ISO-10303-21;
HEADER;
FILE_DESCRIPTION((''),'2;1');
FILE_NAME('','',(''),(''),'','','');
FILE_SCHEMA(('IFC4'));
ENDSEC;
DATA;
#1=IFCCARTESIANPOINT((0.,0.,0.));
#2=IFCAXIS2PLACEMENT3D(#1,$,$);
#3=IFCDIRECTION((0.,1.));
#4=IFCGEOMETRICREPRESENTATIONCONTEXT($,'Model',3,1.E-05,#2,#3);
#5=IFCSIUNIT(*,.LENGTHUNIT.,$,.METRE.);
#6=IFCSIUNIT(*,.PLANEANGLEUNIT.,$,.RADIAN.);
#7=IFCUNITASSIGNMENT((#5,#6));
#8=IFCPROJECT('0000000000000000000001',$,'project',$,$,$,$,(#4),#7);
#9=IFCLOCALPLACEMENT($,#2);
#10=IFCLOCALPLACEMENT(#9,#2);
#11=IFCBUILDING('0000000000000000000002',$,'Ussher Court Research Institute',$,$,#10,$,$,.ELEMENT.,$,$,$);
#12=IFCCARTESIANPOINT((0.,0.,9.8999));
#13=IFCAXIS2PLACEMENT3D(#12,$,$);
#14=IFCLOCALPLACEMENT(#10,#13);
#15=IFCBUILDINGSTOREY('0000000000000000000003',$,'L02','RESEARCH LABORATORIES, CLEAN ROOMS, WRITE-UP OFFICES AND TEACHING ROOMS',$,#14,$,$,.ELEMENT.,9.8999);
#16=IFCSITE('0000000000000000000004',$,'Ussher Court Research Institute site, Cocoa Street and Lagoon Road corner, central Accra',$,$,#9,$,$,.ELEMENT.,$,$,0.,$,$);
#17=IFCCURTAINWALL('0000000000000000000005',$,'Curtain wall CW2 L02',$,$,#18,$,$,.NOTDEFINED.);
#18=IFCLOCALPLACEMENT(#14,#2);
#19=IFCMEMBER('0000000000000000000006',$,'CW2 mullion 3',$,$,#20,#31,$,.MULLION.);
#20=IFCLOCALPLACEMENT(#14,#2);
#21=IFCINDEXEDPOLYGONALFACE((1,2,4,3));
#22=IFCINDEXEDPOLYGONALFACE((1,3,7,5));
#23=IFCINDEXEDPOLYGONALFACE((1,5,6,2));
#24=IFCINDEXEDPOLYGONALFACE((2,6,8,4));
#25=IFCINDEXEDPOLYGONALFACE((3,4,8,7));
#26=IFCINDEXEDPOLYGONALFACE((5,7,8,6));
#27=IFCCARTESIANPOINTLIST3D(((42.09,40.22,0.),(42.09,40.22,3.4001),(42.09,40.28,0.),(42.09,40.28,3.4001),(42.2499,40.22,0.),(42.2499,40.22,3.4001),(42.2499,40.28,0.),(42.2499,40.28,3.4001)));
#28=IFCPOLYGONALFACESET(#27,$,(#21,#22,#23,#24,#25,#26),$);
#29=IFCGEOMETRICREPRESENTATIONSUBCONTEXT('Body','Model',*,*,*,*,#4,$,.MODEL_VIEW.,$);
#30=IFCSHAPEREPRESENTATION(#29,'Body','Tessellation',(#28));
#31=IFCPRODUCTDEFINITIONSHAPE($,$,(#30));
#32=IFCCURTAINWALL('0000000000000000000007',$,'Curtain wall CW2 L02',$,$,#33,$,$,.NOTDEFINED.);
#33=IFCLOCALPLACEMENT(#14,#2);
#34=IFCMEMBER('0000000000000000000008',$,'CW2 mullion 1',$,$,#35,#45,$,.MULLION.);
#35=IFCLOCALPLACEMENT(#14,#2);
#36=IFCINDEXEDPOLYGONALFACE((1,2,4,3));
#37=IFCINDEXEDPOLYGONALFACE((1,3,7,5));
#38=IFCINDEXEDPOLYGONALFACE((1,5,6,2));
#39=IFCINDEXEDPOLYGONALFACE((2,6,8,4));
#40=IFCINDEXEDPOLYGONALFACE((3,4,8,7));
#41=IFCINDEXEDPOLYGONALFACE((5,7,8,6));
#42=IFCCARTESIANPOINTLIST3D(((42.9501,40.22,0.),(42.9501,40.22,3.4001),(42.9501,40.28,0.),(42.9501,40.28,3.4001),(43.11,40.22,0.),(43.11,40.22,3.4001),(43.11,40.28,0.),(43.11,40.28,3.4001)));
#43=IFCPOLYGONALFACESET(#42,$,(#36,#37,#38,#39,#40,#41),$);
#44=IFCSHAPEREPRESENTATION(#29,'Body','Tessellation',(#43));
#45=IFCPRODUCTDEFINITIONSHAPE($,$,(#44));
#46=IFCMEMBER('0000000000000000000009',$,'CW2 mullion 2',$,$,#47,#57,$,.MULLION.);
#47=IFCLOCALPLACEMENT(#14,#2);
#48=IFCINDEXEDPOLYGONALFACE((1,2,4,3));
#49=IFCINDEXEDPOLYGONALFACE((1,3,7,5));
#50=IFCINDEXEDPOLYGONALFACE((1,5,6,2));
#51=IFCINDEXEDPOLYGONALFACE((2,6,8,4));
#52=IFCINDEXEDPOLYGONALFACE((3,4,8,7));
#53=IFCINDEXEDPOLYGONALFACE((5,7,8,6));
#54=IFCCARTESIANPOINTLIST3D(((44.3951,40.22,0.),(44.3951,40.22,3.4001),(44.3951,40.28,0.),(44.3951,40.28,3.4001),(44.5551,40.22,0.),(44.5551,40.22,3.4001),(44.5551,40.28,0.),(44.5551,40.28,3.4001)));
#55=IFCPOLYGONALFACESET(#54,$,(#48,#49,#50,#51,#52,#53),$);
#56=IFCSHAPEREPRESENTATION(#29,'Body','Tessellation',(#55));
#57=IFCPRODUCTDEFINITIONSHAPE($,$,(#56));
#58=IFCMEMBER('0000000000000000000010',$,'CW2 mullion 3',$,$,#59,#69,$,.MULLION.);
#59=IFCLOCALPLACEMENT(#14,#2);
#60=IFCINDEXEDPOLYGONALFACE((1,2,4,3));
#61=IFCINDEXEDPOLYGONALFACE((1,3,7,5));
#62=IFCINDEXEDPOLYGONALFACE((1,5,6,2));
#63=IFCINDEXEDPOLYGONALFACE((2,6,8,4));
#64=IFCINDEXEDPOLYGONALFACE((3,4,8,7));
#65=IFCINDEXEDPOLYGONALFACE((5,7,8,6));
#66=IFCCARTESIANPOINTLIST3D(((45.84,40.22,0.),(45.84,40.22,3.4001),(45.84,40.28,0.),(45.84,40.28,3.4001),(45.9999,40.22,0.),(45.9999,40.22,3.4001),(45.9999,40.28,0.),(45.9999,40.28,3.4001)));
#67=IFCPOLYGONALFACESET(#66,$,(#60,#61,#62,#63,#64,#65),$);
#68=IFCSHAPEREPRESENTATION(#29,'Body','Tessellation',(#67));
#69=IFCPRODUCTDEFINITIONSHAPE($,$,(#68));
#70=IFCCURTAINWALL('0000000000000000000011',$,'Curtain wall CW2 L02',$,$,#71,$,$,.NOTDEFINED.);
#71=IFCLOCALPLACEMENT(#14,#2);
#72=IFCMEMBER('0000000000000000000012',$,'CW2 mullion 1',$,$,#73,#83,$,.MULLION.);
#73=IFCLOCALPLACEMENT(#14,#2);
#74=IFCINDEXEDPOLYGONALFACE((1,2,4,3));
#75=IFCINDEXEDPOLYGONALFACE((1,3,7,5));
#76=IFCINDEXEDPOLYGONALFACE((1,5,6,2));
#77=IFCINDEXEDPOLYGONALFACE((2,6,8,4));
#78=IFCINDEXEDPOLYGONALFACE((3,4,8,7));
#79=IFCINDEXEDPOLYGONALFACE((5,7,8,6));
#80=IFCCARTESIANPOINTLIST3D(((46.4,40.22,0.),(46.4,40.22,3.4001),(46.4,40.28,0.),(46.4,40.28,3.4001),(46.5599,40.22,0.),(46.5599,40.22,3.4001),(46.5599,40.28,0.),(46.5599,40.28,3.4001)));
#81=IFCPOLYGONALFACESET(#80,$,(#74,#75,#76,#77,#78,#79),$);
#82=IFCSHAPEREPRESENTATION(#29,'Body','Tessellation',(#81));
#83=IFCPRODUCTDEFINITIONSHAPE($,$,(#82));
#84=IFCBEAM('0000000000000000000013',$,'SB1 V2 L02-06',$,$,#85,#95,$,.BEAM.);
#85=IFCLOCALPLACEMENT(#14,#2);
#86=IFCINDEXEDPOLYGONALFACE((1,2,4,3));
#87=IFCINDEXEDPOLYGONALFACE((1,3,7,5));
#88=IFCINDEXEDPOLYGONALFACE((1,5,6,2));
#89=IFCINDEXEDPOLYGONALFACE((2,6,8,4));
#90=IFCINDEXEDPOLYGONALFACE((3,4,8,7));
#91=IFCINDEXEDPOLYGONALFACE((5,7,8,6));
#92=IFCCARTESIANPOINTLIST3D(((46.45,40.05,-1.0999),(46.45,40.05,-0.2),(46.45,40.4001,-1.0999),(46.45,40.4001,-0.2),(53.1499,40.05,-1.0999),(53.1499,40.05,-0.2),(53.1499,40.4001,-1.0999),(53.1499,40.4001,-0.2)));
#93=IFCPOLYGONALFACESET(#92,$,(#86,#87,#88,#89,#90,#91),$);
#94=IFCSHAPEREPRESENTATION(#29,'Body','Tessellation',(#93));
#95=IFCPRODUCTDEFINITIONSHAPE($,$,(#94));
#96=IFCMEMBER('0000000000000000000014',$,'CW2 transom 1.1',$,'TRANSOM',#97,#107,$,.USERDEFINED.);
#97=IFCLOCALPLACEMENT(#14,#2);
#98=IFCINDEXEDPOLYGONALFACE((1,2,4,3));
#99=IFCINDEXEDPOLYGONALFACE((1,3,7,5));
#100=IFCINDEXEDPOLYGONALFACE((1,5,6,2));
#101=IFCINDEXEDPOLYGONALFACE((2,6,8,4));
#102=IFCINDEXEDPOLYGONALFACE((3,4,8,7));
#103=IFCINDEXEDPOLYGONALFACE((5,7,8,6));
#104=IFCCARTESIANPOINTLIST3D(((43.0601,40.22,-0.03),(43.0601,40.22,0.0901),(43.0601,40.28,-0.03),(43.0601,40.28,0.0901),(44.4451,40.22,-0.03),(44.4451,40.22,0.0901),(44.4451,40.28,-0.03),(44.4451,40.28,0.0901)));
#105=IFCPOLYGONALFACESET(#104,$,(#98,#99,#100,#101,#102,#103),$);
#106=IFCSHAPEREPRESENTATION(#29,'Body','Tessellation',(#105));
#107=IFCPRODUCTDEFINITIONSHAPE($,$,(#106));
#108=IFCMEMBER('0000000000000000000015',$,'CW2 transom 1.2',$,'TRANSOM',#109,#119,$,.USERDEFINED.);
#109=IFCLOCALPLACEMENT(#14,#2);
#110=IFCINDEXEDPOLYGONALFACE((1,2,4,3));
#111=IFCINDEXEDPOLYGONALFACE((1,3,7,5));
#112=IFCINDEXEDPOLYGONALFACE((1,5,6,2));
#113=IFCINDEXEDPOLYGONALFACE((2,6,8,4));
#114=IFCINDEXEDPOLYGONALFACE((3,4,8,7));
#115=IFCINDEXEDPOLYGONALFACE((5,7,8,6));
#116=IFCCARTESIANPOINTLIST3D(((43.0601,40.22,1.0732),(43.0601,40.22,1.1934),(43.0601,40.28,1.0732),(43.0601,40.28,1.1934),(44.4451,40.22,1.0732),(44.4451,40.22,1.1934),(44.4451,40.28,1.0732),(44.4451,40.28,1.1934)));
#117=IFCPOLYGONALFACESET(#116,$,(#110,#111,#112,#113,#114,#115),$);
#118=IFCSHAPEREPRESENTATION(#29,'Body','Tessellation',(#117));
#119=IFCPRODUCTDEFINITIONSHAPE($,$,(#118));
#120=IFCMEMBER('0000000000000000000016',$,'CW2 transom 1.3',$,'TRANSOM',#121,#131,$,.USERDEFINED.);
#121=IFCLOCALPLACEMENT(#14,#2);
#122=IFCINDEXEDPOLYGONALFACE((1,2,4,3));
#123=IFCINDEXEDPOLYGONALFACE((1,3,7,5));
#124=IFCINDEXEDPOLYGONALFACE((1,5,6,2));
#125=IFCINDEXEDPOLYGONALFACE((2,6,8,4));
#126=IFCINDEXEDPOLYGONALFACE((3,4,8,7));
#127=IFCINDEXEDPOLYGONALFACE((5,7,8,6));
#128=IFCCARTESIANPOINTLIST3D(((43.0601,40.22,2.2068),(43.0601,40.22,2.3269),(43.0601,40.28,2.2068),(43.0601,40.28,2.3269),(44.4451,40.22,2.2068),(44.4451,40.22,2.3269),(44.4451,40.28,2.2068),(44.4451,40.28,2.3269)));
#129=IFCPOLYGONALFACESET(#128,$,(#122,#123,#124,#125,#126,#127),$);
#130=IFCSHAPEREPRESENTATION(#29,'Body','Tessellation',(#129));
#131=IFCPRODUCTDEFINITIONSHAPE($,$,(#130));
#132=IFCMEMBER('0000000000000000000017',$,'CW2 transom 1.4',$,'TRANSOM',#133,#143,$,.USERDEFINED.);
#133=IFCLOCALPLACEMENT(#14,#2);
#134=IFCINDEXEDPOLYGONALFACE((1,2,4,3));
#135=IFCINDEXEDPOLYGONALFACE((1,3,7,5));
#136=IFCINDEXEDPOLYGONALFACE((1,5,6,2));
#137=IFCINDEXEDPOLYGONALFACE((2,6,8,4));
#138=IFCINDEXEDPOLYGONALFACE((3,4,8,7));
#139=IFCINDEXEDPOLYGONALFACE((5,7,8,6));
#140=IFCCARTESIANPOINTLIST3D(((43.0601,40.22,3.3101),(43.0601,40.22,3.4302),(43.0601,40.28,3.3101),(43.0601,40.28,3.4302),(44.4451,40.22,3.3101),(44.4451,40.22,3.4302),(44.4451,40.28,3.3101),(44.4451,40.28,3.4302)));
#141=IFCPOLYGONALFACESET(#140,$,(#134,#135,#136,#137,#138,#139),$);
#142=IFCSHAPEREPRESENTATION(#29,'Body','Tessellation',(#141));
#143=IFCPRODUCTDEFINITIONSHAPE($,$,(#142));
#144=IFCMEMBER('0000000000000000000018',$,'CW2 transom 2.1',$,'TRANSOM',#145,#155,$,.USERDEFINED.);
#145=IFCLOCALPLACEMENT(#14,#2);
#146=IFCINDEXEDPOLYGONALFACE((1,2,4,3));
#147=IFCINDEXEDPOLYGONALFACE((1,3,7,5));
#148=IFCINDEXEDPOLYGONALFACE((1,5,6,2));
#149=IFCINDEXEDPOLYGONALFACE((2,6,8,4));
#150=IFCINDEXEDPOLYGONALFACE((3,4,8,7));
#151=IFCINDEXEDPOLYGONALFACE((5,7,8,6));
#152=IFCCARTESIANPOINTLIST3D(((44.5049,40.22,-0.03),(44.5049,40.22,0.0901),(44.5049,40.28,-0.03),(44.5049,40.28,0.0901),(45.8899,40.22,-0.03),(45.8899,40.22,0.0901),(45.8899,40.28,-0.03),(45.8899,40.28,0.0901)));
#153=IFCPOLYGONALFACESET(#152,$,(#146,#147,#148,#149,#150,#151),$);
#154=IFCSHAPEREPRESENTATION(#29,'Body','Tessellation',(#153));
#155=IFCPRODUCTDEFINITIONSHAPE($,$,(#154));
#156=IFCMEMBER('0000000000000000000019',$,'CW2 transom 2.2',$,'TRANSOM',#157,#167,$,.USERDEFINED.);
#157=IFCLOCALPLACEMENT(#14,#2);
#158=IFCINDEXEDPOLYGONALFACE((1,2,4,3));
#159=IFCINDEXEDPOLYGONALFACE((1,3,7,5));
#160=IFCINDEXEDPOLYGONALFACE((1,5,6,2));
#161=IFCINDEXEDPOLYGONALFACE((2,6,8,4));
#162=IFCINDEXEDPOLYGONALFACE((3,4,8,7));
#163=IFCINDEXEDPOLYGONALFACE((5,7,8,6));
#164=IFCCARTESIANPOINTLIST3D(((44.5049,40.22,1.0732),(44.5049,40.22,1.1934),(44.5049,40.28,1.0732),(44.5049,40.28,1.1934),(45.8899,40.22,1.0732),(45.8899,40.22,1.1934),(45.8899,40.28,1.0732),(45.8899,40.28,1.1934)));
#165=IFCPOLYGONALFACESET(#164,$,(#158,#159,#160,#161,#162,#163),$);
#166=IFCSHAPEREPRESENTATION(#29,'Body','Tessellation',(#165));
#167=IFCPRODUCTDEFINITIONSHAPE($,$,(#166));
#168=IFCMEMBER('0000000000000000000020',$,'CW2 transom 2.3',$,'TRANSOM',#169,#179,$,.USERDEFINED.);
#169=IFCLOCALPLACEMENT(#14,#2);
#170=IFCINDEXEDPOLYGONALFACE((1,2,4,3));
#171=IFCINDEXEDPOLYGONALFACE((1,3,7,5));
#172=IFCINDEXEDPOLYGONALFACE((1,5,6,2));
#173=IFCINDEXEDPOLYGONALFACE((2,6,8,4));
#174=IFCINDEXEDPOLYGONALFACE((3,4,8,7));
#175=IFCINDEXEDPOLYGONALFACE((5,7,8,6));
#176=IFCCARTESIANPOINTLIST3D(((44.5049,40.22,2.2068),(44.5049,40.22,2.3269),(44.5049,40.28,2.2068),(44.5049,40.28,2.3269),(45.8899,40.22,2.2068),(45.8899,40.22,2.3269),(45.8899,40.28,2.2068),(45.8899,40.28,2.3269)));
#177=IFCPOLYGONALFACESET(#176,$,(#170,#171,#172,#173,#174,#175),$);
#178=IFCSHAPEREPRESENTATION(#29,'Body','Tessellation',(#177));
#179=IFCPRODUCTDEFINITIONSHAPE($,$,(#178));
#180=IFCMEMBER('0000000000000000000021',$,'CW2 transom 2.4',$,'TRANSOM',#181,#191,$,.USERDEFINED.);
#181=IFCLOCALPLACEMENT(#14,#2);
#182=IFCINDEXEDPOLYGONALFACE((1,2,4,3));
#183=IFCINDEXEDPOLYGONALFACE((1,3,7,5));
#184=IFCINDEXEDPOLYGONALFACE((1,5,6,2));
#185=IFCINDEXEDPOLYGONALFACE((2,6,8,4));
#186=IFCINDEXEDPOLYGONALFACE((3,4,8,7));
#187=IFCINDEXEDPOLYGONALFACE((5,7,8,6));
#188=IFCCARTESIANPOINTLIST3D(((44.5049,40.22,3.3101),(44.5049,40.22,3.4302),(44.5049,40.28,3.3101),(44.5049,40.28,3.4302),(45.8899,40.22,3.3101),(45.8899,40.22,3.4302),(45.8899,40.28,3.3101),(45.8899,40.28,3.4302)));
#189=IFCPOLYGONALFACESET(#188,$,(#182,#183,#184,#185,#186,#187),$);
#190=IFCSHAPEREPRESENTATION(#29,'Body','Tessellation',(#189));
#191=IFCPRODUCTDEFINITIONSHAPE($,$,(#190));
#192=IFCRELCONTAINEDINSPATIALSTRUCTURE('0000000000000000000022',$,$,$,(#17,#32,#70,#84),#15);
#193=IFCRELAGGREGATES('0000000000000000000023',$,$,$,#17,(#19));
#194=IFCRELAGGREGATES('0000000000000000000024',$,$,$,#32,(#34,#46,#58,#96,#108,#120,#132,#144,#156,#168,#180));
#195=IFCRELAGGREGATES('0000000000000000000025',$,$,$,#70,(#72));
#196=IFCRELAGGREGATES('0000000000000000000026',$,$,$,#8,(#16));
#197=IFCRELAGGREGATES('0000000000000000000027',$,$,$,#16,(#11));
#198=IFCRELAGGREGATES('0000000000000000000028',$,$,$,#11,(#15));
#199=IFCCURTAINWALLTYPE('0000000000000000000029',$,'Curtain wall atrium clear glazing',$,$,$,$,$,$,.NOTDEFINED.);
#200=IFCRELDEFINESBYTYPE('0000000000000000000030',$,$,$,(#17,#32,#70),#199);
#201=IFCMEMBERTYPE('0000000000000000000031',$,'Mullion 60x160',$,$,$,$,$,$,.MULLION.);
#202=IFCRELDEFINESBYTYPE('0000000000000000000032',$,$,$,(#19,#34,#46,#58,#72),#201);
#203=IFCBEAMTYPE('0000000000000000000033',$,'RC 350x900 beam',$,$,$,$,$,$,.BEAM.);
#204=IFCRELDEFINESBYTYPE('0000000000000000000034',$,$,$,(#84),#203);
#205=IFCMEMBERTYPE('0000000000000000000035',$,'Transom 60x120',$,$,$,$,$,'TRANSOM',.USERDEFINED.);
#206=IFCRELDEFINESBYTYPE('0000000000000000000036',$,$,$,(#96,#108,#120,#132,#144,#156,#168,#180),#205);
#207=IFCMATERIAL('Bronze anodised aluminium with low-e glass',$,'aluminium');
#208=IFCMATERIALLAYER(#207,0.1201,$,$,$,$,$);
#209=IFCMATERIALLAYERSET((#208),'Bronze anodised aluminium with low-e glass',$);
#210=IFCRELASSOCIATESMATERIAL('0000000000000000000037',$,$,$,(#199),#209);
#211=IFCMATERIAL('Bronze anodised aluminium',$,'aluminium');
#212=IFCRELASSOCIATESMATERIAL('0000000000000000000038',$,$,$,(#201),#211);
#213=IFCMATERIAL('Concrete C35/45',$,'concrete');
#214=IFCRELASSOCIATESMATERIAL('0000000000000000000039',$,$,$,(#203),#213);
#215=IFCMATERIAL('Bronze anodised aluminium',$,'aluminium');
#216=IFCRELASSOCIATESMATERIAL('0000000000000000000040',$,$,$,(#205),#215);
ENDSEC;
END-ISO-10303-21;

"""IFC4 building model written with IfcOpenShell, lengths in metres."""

from ifc_helpers import new_model, si_unit, direction, frame, origin, origin_2d, place, context, subcontext, project, spatial, rectangle, extrude, material, layer, layer_set, material_profile, profile_set, type_object, element, aggregate, save


model = new_model("IFC4")

# Units and contexts
model_context = context("Model", 3, precision=1e-05, world=origin(), true_north=direction((0.0, 1.0)))
body_context = subcontext(model_context, "Body", "Model", "MODEL_VIEW")
ifc_project = project(units=[si_unit("LENGTHUNIT", "METRE"), si_unit("PLANEANGLEUNIT", "RADIAN")], contexts=[model_context])

# Site, building, storey
site_placement = place(None, origin())
site = spatial("IfcSite", under=ifc_project, at=site_placement, Name="Ussher Court Research Institute site, Cocoa Street and Lagoon Road corner, central Accra", CompositionType="ELEMENT", RefElevation=0.0)
building_placement = place(site_placement, origin())
building = spatial("IfcBuilding", under=site, at=building_placement, Name="Ussher Court Research Institute", CompositionType="ELEMENT")
storey_placement = place(building_placement, frame((0.0, 0.0, 9.8999)))
storey = spatial("IfcBuildingStorey", under=building, at=storey_placement, Name="L02", Description="RESEARCH LABORATORIES, CLEAN ROOMS, WRITE-UP OFFICES AND TEACHING ROOMS", CompositionType="ELEMENT", Elevation=9.8999)

# Curtain wall, member
ifc_material_1 = material(Name="Bronze anodised aluminium with low-e glass", Category="aluminium")
ifc_layer_1 = layer(ifc_material_1, 0.1201)
ifc_layer_set_1 = layer_set([ifc_layer_1], Name="Bronze anodised aluminium with low-e glass")
curtain_wall_type = type_object("IfcCurtainWallType", Name="Curtain wall atrium clear glazing", PredefinedType="NOTDEFINED", material=ifc_layer_set_1)
curtain_wall_1_placement = place(storey_placement, origin())
curtain_wall_1 = element("IfcCurtainWall", 1, at=curtain_wall_1_placement, inside=storey, type_object=curtain_wall_type, Name="Curtain wall CW2 L02", PredefinedType="NOTDEFINED")
ifc_material_2 = material(Name="Bronze anodised aluminium", Category="aluminium")
ifc_material_profile_1 = material_profile(ifc_material_2, rectangle(XDim=0.0601, YDim=0.1599, at=origin_2d()), Name="Mullion 60x160")
ifc_profile_set_1 = profile_set([ifc_material_profile_1], Name="Bronze anodised aluminium")
member_type_1 = type_object("IfcMemberType", Name="Mullion 60x160", PredefinedType="MULLION", material=ifc_profile_set_1)
member_1_placement = place(storey_placement, frame((42.1699, 40.25, 0.0), z_axis=(0.0, 0.0, 1.0), x_axis=(0.0, 1.0, 0.0)))
member_1 = element("IfcMember", 2, at=member_1_placement, type_object=member_type_1, Name="CW2 mullion 3", PredefinedType="MULLION", context=body_context, shape_type="SweptSolid", body=[
    extrude(rectangle(XDim=0.0601, YDim=0.1599, at=origin_2d()), origin(), (0.0, 0.0, 1.0), 3.4001),
])

# Curtain wall, members
curtain_wall_2_placement = place(storey_placement, origin())
curtain_wall_2 = element("IfcCurtainWall", 3, at=curtain_wall_2_placement, inside=storey, type_object=curtain_wall_type, Name="Curtain wall CW2 L02", PredefinedType="NOTDEFINED")
member_2_placement = place(storey_placement, frame((43.03, 40.25, 0.0), z_axis=(0.0, 0.0, 1.0), x_axis=(0.0, 1.0, 0.0)))
member_2 = element("IfcMember", 4, at=member_2_placement, type_object=member_type_1, Name="CW2 mullion 1", PredefinedType="MULLION", context=body_context, shape_type="SweptSolid", body=[
    extrude(rectangle(XDim=0.0601, YDim=0.1599, at=origin_2d()), origin(), (0.0, 0.0, 1.0), 3.4001),
])
member_3_placement = place(storey_placement, frame((44.4751, 40.25, 0.0), z_axis=(0.0, 0.0, 1.0), x_axis=(0.0, 1.0, 0.0)))
member_3 = element("IfcMember", 5, at=member_3_placement, type_object=member_type_1, Name="CW2 mullion 2", PredefinedType="MULLION", context=body_context, shape_type="SweptSolid", body=[
    extrude(rectangle(XDim=0.0601, YDim=0.1599, at=origin_2d()), origin(), (0.0, 0.0, 1.0), 3.4001),
])
member_4_placement = place(storey_placement, frame((45.9199, 40.25, 0.0), z_axis=(0.0, 0.0, 1.0), x_axis=(0.0, 1.0, 0.0)))
member_4 = element("IfcMember", 6, at=member_4_placement, type_object=member_type_1, Name="CW2 mullion 3", PredefinedType="MULLION", context=body_context, shape_type="SweptSolid", body=[
    extrude(rectangle(XDim=0.0601, YDim=0.1599, at=origin_2d()), origin(), (0.0, 0.0, 1.0), 3.4001),
])

# Curtain wall, member
curtain_wall_3_placement = place(storey_placement, origin())
curtain_wall_3 = element("IfcCurtainWall", 7, at=curtain_wall_3_placement, inside=storey, type_object=curtain_wall_type, Name="Curtain wall CW2 L02", PredefinedType="NOTDEFINED")
member_5_placement = place(storey_placement, frame((46.48, 40.25, 0.0), z_axis=(0.0, 0.0, 1.0), x_axis=(0.0, 1.0, 0.0)))
member_5 = element("IfcMember", 8, at=member_5_placement, type_object=member_type_1, Name="CW2 mullion 1", PredefinedType="MULLION", context=body_context, shape_type="SweptSolid", body=[
    extrude(rectangle(XDim=0.0601, YDim=0.1599, at=origin_2d()), origin(), (0.0, 0.0, 1.0), 3.4001),
])

# Beam
ifc_material_3 = material(Name="Concrete C35/45", Category="concrete")
ifc_material_profile_2 = material_profile(ifc_material_3, rectangle(XDim=0.3501, YDim=0.8999, at=origin_2d()), Name="RC 350x900")
ifc_profile_set_2 = profile_set([ifc_material_profile_2], Name="Concrete C35/45")
beam_type = type_object("IfcBeamType", Name="RC 350x900 beam", PredefinedType="BEAM", material=ifc_profile_set_2)
beam_placement = place(storey_placement, frame((46.45, 40.2251, -0.6499), z_axis=(1.0, 0.0, 0.0), x_axis=(0.0, 1.0, 0.0)))
element("IfcBeam", 9, at=beam_placement, inside=storey, type_object=beam_type, Name="SB1 V2 L02-06", PredefinedType="BEAM", context=body_context, shape_type="SweptSolid", body=[
    extrude(rectangle(XDim=0.3501, YDim=0.8999, at=origin_2d()), origin(), (0.0, 0.0, 1.0), 6.7),
])

# Members
ifc_material_4 = material(Name="Bronze anodised aluminium", Category="aluminium")
ifc_material_profile_3 = material_profile(ifc_material_4, rectangle(XDim=0.0601, YDim=0.1201, at=origin_2d()), Name="Transom 60x120")
ifc_profile_set_3 = profile_set([ifc_material_profile_3], Name="Bronze anodised aluminium")
member_type_2 = type_object("IfcMemberType", Name="Transom 60x120", ElementType="TRANSOM", PredefinedType="USERDEFINED", material=ifc_profile_set_3)
member_6_placement = place(storey_placement, frame((43.0601, 40.25, 0.03), z_axis=(1.0, 0.0, 0.0), x_axis=(0.0, 1.0, 0.0)))
member_6 = element("IfcMember", 10, at=member_6_placement, type_object=member_type_2, Name="CW2 transom 1.1", ObjectType="TRANSOM", PredefinedType="USERDEFINED", context=body_context, shape_type="SweptSolid", body=[
    extrude(rectangle(XDim=0.0601, YDim=0.1201, at=origin_2d()), origin(), (0.0, 0.0, 1.0), 1.385),
])
member_7_placement = place(storey_placement, frame((43.0601, 40.25, 1.1333), z_axis=(1.0, 0.0, 0.0), x_axis=(0.0, 1.0, 0.0)))
member_7 = element("IfcMember", 11, at=member_7_placement, type_object=member_type_2, Name="CW2 transom 1.2", ObjectType="TRANSOM", PredefinedType="USERDEFINED", context=body_context, shape_type="SweptSolid", body=[
    extrude(rectangle(XDim=0.0601, YDim=0.1201, at=origin_2d()), origin(), (0.0, 0.0, 1.0), 1.385),
])
member_8_placement = place(storey_placement, frame((43.0601, 40.25, 2.2668), z_axis=(1.0, 0.0, 0.0), x_axis=(0.0, 1.0, 0.0)))
member_8 = element("IfcMember", 12, at=member_8_placement, type_object=member_type_2, Name="CW2 transom 1.3", ObjectType="TRANSOM", PredefinedType="USERDEFINED", context=body_context, shape_type="SweptSolid", body=[
    extrude(rectangle(XDim=0.0601, YDim=0.1201, at=origin_2d()), origin(), (0.0, 0.0, 1.0), 1.385),
])
member_9_placement = place(storey_placement, frame((43.0601, 40.25, 3.3701), z_axis=(1.0, 0.0, 0.0), x_axis=(0.0, 1.0, 0.0)))
member_9 = element("IfcMember", 13, at=member_9_placement, type_object=member_type_2, Name="CW2 transom 1.4", ObjectType="TRANSOM", PredefinedType="USERDEFINED", context=body_context, shape_type="SweptSolid", body=[
    extrude(rectangle(XDim=0.0601, YDim=0.1201, at=origin_2d()), origin(), (0.0, 0.0, 1.0), 1.385),
])
member_10_placement = place(storey_placement, frame((44.5049, 40.25, 0.03), z_axis=(1.0, 0.0, 0.0), x_axis=(0.0, 1.0, 0.0)))
member_10 = element("IfcMember", 14, at=member_10_placement, type_object=member_type_2, Name="CW2 transom 2.1", ObjectType="TRANSOM", PredefinedType="USERDEFINED", context=body_context, shape_type="SweptSolid", body=[
    extrude(rectangle(XDim=0.0601, YDim=0.1201, at=origin_2d()), origin(), (0.0, 0.0, 1.0), 1.385),
])
member_11_placement = place(storey_placement, frame((44.5049, 40.25, 1.1333), z_axis=(1.0, 0.0, 0.0), x_axis=(0.0, 1.0, 0.0)))
member_11 = element("IfcMember", 15, at=member_11_placement, type_object=member_type_2, Name="CW2 transom 2.2", ObjectType="TRANSOM", PredefinedType="USERDEFINED", context=body_context, shape_type="SweptSolid", body=[
    extrude(rectangle(XDim=0.0601, YDim=0.1201, at=origin_2d()), origin(), (0.0, 0.0, 1.0), 1.385),
])
member_12_placement = place(storey_placement, frame((44.5049, 40.25, 2.2668), z_axis=(1.0, 0.0, 0.0), x_axis=(0.0, 1.0, 0.0)))
member_12 = element("IfcMember", 16, at=member_12_placement, type_object=member_type_2, Name="CW2 transom 2.3", ObjectType="TRANSOM", PredefinedType="USERDEFINED", context=body_context, shape_type="SweptSolid", body=[
    extrude(rectangle(XDim=0.0601, YDim=0.1201, at=origin_2d()), origin(), (0.0, 0.0, 1.0), 1.385),
])
member_13_placement = place(storey_placement, frame((44.5049, 40.25, 3.3701), z_axis=(1.0, 0.0, 0.0), x_axis=(0.0, 1.0, 0.0)))
member_13 = element("IfcMember", 17, at=member_13_placement, type_object=member_type_2, Name="CW2 transom 2.4", ObjectType="TRANSOM", PredefinedType="USERDEFINED", context=body_context, shape_type="SweptSolid", body=[
    extrude(rectangle(XDim=0.0601, YDim=0.1201, at=origin_2d()), origin(), (0.0, 0.0, 1.0), 1.385),
])

aggregate(curtain_wall_1, [member_1])
aggregate(curtain_wall_2, [member_2, member_3, member_4, member_6, member_7, member_8, member_9, member_10, member_11, member_12, member_13])
aggregate(curtain_wall_3, [member_5])

save(model, "model.ifc")
